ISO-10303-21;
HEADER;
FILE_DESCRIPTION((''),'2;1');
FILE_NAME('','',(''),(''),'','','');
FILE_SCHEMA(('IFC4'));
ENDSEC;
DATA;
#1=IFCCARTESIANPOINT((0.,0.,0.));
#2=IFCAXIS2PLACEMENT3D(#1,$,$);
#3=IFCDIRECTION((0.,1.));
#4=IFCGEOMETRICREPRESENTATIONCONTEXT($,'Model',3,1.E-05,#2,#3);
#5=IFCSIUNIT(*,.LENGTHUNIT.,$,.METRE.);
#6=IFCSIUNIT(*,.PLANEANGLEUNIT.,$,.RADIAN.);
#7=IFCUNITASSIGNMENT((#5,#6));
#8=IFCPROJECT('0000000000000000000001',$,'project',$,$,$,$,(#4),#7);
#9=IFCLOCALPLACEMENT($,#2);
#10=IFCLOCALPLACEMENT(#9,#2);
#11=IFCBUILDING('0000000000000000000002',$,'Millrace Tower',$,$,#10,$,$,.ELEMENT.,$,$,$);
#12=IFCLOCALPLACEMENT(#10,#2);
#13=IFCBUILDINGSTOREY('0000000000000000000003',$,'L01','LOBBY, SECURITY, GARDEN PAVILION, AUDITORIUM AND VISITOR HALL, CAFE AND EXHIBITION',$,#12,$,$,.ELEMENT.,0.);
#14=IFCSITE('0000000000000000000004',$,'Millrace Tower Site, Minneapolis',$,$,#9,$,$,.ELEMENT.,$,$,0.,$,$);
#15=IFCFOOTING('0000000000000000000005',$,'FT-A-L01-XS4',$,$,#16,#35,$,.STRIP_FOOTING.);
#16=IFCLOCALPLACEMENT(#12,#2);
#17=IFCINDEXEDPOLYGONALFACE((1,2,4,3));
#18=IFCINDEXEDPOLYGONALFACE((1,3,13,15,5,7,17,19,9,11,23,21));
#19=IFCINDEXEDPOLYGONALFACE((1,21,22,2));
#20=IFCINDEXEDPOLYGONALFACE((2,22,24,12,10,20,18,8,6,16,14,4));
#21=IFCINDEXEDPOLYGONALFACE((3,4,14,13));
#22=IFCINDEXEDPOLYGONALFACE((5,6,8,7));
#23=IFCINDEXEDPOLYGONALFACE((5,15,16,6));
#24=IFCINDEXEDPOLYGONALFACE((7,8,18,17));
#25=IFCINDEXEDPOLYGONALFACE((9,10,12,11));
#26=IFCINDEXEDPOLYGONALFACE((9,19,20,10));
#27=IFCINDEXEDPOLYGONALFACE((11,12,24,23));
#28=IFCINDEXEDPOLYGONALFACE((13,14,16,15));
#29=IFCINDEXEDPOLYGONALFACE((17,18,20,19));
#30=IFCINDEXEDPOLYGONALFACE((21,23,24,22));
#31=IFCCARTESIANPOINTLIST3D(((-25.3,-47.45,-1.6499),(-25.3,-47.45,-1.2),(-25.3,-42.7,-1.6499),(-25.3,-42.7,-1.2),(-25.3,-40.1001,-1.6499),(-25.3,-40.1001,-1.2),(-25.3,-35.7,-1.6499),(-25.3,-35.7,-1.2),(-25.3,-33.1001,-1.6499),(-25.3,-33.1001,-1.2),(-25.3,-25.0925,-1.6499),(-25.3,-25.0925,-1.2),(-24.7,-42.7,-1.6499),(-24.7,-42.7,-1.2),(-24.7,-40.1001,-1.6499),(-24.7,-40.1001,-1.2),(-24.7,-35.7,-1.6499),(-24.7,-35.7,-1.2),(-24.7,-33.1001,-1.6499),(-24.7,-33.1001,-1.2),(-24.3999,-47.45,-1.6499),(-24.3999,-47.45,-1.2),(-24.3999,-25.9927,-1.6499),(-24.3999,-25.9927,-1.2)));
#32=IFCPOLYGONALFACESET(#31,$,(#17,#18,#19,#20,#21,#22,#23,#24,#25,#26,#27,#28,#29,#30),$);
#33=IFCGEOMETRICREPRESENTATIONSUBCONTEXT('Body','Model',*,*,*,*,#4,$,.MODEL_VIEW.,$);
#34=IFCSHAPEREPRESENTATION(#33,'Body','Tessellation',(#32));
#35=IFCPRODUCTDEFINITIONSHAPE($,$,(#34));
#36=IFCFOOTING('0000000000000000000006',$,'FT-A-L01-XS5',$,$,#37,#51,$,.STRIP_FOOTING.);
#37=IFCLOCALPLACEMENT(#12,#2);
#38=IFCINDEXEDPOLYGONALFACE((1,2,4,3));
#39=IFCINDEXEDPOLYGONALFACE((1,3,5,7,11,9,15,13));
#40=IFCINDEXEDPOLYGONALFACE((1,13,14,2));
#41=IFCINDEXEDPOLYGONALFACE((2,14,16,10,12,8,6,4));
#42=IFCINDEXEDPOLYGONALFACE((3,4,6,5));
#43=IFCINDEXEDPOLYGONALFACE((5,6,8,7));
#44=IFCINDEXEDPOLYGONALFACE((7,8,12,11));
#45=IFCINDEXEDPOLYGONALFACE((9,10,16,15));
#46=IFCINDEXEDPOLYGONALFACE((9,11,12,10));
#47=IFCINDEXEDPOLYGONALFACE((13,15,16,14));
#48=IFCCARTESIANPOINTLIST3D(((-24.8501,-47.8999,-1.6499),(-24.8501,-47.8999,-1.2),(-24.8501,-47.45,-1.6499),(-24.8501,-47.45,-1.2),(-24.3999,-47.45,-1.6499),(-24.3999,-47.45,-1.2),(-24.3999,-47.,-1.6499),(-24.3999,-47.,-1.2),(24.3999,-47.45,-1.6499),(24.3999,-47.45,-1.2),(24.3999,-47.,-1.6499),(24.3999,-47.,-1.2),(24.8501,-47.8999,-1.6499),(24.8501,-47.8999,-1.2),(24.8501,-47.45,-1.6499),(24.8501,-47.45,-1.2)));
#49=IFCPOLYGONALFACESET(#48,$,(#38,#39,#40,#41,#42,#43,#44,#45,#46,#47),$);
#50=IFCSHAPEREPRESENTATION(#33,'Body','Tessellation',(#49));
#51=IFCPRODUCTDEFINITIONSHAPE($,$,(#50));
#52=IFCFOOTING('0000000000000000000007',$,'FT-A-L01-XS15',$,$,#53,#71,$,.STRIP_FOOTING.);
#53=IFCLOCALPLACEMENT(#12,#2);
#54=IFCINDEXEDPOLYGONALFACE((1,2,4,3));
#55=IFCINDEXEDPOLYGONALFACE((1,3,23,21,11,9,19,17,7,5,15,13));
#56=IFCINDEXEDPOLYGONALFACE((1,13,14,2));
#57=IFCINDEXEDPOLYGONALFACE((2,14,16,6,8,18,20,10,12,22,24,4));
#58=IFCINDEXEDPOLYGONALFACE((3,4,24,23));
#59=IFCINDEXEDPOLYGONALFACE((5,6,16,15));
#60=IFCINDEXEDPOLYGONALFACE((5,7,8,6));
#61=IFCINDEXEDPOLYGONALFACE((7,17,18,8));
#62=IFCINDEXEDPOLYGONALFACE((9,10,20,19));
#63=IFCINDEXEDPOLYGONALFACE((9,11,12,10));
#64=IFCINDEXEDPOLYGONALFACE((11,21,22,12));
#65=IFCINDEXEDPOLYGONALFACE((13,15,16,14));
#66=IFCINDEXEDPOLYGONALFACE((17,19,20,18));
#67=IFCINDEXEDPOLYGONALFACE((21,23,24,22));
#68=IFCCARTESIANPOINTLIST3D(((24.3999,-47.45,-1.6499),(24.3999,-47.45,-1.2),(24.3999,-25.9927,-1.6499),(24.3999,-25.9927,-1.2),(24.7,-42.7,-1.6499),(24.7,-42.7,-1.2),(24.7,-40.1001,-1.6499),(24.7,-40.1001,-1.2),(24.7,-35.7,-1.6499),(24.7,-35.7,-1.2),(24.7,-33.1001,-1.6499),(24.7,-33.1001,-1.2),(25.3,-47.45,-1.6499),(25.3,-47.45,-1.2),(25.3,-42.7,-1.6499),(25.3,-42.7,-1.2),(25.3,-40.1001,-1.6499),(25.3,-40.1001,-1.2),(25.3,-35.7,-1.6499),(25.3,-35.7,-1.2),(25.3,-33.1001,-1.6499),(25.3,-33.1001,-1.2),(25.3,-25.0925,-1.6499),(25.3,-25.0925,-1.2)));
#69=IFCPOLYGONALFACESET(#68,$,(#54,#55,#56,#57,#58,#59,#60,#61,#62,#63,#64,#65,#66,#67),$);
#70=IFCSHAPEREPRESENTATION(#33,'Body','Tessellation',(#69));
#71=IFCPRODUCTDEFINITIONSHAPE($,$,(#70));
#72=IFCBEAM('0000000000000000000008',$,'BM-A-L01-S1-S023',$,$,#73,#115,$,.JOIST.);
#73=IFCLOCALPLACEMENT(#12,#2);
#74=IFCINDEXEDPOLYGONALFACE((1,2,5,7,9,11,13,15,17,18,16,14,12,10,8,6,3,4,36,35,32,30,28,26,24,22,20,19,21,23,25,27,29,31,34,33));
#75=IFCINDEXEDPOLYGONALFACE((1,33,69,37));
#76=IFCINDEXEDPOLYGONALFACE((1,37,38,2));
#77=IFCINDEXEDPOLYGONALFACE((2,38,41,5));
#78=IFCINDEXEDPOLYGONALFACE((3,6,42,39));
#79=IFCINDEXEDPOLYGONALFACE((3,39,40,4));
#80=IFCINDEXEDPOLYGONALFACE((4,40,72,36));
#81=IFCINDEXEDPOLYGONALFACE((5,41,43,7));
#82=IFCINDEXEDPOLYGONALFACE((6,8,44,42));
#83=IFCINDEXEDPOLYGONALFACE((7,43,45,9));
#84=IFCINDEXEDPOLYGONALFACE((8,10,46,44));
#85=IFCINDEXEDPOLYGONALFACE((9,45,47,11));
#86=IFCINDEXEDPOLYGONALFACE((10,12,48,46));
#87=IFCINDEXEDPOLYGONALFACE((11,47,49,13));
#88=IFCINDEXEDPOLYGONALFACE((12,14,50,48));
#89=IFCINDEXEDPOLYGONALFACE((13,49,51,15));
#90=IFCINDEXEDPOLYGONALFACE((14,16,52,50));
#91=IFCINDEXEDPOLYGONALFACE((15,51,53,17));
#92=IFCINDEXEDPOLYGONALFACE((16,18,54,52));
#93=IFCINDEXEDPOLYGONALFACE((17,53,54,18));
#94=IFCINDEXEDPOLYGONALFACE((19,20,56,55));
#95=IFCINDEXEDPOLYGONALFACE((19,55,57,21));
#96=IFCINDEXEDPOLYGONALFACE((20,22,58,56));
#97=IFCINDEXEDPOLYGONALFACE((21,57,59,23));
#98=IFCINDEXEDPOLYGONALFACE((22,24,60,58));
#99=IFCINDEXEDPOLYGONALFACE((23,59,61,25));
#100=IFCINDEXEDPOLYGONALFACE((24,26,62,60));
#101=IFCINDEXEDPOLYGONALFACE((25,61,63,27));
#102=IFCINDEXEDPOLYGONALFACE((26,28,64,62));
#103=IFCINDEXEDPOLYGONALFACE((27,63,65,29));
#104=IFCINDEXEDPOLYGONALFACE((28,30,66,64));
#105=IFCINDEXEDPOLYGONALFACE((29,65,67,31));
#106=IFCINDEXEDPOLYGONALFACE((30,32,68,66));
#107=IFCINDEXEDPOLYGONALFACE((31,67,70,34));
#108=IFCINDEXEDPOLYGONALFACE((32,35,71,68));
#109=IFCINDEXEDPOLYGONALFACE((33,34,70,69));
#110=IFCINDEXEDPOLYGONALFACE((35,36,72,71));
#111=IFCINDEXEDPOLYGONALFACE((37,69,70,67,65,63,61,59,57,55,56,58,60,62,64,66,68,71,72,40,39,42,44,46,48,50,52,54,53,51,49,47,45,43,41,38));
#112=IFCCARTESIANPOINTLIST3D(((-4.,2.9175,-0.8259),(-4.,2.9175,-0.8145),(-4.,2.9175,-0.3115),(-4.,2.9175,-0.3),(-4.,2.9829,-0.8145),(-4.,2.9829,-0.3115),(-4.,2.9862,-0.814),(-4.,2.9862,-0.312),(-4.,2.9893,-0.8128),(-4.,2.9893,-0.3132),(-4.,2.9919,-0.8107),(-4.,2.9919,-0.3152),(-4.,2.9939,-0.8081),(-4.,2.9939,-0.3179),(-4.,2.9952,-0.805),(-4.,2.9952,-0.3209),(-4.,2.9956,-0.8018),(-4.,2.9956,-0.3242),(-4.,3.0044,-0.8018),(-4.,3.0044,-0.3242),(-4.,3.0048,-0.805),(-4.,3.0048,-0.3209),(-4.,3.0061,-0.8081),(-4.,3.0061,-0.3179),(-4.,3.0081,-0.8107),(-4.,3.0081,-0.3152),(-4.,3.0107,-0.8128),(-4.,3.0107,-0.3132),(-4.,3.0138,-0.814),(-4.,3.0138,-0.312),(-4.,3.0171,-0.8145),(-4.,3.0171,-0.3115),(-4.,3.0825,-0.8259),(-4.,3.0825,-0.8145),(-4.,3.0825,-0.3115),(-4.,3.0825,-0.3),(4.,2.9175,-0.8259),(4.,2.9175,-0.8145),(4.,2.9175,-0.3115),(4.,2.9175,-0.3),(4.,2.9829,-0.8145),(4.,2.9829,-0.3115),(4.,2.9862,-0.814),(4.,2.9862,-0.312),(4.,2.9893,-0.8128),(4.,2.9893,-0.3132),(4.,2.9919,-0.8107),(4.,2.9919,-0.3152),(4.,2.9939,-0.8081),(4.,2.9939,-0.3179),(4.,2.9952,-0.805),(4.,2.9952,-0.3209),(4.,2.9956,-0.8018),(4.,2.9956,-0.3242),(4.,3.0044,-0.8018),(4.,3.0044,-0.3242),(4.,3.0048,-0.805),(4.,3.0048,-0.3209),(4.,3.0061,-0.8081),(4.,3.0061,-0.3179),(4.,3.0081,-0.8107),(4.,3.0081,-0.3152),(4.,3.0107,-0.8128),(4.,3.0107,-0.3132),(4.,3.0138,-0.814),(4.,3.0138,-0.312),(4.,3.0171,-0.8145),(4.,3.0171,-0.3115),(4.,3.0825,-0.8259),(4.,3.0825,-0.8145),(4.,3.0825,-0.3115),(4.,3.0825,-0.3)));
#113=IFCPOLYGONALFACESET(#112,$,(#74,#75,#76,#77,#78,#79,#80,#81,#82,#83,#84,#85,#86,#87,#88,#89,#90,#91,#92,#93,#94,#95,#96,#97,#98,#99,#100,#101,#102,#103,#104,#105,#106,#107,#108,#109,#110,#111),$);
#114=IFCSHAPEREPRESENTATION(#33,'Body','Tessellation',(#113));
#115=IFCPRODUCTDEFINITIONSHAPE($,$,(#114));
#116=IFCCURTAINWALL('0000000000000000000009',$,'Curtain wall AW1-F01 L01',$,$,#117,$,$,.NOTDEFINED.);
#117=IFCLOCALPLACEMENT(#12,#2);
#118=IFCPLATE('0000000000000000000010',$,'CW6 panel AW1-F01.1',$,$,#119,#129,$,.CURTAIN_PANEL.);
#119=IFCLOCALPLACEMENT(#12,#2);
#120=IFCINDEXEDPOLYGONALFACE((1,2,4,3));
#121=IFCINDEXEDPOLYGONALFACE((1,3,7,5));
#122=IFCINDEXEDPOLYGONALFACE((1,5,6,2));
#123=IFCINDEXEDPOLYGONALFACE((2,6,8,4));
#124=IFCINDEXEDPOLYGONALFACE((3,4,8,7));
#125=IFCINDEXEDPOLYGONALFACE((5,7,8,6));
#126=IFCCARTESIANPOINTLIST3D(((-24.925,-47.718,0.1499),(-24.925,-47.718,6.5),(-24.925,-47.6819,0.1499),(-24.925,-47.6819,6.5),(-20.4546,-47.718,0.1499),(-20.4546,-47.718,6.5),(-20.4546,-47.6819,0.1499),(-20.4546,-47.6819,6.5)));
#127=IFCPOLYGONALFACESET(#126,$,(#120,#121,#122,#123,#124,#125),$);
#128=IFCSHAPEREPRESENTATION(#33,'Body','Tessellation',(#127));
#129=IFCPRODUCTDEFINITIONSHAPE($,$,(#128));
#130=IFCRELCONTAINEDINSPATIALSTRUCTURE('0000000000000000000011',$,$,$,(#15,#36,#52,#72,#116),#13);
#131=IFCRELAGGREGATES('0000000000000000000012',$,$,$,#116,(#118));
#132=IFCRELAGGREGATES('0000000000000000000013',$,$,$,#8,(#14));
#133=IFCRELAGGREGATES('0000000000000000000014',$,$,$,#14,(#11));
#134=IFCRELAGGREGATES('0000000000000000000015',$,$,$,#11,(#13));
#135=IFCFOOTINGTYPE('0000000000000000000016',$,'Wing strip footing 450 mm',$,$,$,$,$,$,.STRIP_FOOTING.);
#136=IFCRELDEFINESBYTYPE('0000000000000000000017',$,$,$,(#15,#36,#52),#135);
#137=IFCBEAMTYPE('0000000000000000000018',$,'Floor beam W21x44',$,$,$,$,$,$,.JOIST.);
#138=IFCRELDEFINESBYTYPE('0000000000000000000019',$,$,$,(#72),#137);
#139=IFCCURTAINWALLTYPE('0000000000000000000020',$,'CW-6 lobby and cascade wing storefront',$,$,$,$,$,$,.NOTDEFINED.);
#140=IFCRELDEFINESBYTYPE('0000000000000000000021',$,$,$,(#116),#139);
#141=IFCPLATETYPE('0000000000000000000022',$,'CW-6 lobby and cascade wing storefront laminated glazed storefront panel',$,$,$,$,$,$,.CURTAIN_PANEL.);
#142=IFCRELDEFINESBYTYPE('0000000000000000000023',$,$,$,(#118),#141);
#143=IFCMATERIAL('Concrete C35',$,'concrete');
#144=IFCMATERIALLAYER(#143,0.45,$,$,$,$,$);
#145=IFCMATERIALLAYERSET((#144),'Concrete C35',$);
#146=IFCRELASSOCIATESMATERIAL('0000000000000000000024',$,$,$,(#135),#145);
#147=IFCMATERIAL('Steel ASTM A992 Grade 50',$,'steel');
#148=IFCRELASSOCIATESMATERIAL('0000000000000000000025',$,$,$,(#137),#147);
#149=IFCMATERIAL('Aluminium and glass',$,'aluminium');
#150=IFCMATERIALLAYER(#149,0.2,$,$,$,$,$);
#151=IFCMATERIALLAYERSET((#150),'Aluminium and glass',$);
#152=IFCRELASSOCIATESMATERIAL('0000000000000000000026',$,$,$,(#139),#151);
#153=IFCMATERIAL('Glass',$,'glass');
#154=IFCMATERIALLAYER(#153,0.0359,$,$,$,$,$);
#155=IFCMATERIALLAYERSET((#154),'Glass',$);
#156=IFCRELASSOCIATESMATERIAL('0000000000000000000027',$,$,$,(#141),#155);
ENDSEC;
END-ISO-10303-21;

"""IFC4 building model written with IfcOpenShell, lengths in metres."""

from ifc_helpers import new_model, si_unit, direction, frame, origin, origin_2d, place, context, subcontext, project, spatial, polyline, i_section, outline, extrude, material, layer, layer_set, material_profile, profile_set, type_object, element, aggregate, save


model = new_model("IFC4")

# Units and contexts
model_context = context("Model", 3, precision=1e-05, world=origin(), true_north=direction((0.0, 1.0)))
body_context = subcontext(model_context, "Body", "Model", "MODEL_VIEW")
ifc_project = project(units=[si_unit("LENGTHUNIT", "METRE"), si_unit("PLANEANGLEUNIT", "RADIAN")], contexts=[model_context])

# Site, building, storey
site_placement = place(None, origin())
site = spatial("IfcSite", under=ifc_project, at=site_placement, Name="Millrace Tower Site, Minneapolis", CompositionType="ELEMENT", RefElevation=0.0)
building_placement = place(site_placement, origin())
building = spatial("IfcBuilding", under=site, at=building_placement, Name="Millrace Tower", CompositionType="ELEMENT")
storey_placement = place(building_placement, origin())
storey = spatial("IfcBuildingStorey", under=building, at=storey_placement, Name="L01", Description="LOBBY, SECURITY, GARDEN PAVILION, AUDITORIUM AND VISITOR HALL, CAFE AND EXHIBITION", CompositionType="ELEMENT", Elevation=0.0)

# Footings
placement = place(storey_placement, frame((0.0, 0.0, -1.6499)))
ifc_material_1 = material(Name="Concrete C35", Category="concrete")
ifc_layer_1 = layer(ifc_material_1, 0.45)
ifc_layer_set_1 = layer_set([ifc_layer_1], Name="Concrete C35")
footing_type_1 = type_object("IfcFootingType", Name="Wing strip footing 450 mm", PredefinedType="STRIP_FOOTING", material=ifc_layer_set_1)
element("IfcFooting", 1, at=placement, inside=storey, type_object=footing_type_1, Name="FT-A-L01-XS4", PredefinedType="STRIP_FOOTING", context=body_context, shape_type="SweptSolid", body=[
    extrude(outline(polyline([(-25.3, -47.45), (-25.3, -42.7), (-24.7, -42.7), (-24.7, -40.1001), (-25.3, -40.1001), (-25.3, -35.7), (-24.7, -35.7), (-24.7, -33.1001), (-25.3, -33.1001), (-25.3, -25.0925), (-24.3999, -25.9927), (-24.3999, -47.45), (-25.3, -47.45)])), origin(), (0.0, 0.0, 1.0), 0.45),
])
element("IfcFooting", 2, at=placement, inside=storey, type_object=footing_type_1, Name="FT-A-L01-XS5", PredefinedType="STRIP_FOOTING", context=body_context, shape_type="SweptSolid", body=[
    extrude(outline(polyline([(24.3999, -47.0), (24.3999, -47.45), (24.8501, -47.45), (24.8501, -47.8999), (-24.8501, -47.8999), (-24.8501, -47.45), (-24.3999, -47.45), (-24.3999, -47.0), (24.3999, -47.0)])), origin(), (0.0, 0.0, 1.0), 0.45),
])
element("IfcFooting", 3, at=placement, inside=storey, type_object=footing_type_1, Name="FT-A-L01-XS15", PredefinedType="STRIP_FOOTING", context=body_context, shape_type="SweptSolid", body=[
    extrude(outline(polyline([(24.3999, -25.9927), (25.3, -25.0925), (25.3, -33.1001), (24.7, -33.1001), (24.7, -35.7), (25.3, -35.7), (25.3, -40.1001), (24.7, -40.1001), (24.7, -42.7), (25.3, -42.7), (25.3, -47.45), (24.3999, -47.45), (24.3999, -25.9927)])), origin(), (0.0, 0.0, 1.0), 0.45),
])

# Beam
ifc_material_2 = material(Name="Steel ASTM A992 Grade 50", Category="steel")
ifc_material_profile = material_profile(ifc_material_2, i_section(OverallWidth=0.165, OverallDepth=0.5259, WebThickness=0.0088, FlangeThickness=0.0115, FilletRadius=0.0127, at=origin_2d()))
ifc_profile_set = profile_set([ifc_material_profile], Name="Steel ASTM A992 Grade 50")
beam_type = type_object("IfcBeamType", Name="Floor beam W21x44", PredefinedType="JOIST", material=ifc_profile_set)
beam_placement = place(storey_placement, frame((-4.0, 3.0, -0.563), z_axis=(1.0, 0.0, 0.0), x_axis=(0.0, 1.0, 0.0)))
element("IfcBeam", 4, at=beam_placement, inside=storey, type_object=beam_type, Name="BM-A-L01-S1-S023", PredefinedType="JOIST", context=body_context, shape_type="SweptSolid", body=[
    extrude(i_section(OverallWidth=0.165, OverallDepth=0.5259, WebThickness=0.0088, FlangeThickness=0.0115, FilletRadius=0.0127, at=origin_2d()), origin(), (0.0, 0.0, 1.0), 8.0),
])

# Curtain wall, plate
ifc_material_3 = material(Name="Aluminium and glass", Category="aluminium")
ifc_layer_2 = layer(ifc_material_3, 0.2)
ifc_layer_set_2 = layer_set([ifc_layer_2], Name="Aluminium and glass")
curtain_wall_type = type_object("IfcCurtainWallType", Name="CW-6 lobby and cascade wing storefront", PredefinedType="NOTDEFINED", material=ifc_layer_set_2)
curtain_wall_placement = place(storey_placement, origin())
curtain_wall = element("IfcCurtainWall", 5, at=curtain_wall_placement, inside=storey, type_object=curtain_wall_type, Name="Curtain wall AW1-F01 L01", PredefinedType="NOTDEFINED")
ifc_material_4 = material(Name="Glass", Category="glass")
ifc_layer_3 = layer(ifc_material_4, 0.0359)
ifc_layer_set_3 = layer_set([ifc_layer_3], Name="Glass")
plate_type = type_object("IfcPlateType", Name="CW-6 lobby and cascade wing storefront laminated glazed storefront panel", PredefinedType="CURTAIN_PANEL", material=ifc_layer_set_3)
plate_placement = place(storey_placement, frame((0.0, 0.0, 0.1499)))
plate = element("IfcPlate", 6, at=plate_placement, type_object=plate_type, Name="CW6 panel AW1-F01.1", PredefinedType="CURTAIN_PANEL", context=body_context, shape_type="SweptSolid", body=[
    extrude(outline(polyline([(-24.925, -47.718), (-20.4546, -47.718), (-20.4546, -47.6819), (-24.925, -47.6819), (-24.925, -47.718)])), origin(), (0.0, 0.0, 1.0), 6.3501),
])
aggregate(curtain_wall, [plate])

save(model, "model.ifc")
